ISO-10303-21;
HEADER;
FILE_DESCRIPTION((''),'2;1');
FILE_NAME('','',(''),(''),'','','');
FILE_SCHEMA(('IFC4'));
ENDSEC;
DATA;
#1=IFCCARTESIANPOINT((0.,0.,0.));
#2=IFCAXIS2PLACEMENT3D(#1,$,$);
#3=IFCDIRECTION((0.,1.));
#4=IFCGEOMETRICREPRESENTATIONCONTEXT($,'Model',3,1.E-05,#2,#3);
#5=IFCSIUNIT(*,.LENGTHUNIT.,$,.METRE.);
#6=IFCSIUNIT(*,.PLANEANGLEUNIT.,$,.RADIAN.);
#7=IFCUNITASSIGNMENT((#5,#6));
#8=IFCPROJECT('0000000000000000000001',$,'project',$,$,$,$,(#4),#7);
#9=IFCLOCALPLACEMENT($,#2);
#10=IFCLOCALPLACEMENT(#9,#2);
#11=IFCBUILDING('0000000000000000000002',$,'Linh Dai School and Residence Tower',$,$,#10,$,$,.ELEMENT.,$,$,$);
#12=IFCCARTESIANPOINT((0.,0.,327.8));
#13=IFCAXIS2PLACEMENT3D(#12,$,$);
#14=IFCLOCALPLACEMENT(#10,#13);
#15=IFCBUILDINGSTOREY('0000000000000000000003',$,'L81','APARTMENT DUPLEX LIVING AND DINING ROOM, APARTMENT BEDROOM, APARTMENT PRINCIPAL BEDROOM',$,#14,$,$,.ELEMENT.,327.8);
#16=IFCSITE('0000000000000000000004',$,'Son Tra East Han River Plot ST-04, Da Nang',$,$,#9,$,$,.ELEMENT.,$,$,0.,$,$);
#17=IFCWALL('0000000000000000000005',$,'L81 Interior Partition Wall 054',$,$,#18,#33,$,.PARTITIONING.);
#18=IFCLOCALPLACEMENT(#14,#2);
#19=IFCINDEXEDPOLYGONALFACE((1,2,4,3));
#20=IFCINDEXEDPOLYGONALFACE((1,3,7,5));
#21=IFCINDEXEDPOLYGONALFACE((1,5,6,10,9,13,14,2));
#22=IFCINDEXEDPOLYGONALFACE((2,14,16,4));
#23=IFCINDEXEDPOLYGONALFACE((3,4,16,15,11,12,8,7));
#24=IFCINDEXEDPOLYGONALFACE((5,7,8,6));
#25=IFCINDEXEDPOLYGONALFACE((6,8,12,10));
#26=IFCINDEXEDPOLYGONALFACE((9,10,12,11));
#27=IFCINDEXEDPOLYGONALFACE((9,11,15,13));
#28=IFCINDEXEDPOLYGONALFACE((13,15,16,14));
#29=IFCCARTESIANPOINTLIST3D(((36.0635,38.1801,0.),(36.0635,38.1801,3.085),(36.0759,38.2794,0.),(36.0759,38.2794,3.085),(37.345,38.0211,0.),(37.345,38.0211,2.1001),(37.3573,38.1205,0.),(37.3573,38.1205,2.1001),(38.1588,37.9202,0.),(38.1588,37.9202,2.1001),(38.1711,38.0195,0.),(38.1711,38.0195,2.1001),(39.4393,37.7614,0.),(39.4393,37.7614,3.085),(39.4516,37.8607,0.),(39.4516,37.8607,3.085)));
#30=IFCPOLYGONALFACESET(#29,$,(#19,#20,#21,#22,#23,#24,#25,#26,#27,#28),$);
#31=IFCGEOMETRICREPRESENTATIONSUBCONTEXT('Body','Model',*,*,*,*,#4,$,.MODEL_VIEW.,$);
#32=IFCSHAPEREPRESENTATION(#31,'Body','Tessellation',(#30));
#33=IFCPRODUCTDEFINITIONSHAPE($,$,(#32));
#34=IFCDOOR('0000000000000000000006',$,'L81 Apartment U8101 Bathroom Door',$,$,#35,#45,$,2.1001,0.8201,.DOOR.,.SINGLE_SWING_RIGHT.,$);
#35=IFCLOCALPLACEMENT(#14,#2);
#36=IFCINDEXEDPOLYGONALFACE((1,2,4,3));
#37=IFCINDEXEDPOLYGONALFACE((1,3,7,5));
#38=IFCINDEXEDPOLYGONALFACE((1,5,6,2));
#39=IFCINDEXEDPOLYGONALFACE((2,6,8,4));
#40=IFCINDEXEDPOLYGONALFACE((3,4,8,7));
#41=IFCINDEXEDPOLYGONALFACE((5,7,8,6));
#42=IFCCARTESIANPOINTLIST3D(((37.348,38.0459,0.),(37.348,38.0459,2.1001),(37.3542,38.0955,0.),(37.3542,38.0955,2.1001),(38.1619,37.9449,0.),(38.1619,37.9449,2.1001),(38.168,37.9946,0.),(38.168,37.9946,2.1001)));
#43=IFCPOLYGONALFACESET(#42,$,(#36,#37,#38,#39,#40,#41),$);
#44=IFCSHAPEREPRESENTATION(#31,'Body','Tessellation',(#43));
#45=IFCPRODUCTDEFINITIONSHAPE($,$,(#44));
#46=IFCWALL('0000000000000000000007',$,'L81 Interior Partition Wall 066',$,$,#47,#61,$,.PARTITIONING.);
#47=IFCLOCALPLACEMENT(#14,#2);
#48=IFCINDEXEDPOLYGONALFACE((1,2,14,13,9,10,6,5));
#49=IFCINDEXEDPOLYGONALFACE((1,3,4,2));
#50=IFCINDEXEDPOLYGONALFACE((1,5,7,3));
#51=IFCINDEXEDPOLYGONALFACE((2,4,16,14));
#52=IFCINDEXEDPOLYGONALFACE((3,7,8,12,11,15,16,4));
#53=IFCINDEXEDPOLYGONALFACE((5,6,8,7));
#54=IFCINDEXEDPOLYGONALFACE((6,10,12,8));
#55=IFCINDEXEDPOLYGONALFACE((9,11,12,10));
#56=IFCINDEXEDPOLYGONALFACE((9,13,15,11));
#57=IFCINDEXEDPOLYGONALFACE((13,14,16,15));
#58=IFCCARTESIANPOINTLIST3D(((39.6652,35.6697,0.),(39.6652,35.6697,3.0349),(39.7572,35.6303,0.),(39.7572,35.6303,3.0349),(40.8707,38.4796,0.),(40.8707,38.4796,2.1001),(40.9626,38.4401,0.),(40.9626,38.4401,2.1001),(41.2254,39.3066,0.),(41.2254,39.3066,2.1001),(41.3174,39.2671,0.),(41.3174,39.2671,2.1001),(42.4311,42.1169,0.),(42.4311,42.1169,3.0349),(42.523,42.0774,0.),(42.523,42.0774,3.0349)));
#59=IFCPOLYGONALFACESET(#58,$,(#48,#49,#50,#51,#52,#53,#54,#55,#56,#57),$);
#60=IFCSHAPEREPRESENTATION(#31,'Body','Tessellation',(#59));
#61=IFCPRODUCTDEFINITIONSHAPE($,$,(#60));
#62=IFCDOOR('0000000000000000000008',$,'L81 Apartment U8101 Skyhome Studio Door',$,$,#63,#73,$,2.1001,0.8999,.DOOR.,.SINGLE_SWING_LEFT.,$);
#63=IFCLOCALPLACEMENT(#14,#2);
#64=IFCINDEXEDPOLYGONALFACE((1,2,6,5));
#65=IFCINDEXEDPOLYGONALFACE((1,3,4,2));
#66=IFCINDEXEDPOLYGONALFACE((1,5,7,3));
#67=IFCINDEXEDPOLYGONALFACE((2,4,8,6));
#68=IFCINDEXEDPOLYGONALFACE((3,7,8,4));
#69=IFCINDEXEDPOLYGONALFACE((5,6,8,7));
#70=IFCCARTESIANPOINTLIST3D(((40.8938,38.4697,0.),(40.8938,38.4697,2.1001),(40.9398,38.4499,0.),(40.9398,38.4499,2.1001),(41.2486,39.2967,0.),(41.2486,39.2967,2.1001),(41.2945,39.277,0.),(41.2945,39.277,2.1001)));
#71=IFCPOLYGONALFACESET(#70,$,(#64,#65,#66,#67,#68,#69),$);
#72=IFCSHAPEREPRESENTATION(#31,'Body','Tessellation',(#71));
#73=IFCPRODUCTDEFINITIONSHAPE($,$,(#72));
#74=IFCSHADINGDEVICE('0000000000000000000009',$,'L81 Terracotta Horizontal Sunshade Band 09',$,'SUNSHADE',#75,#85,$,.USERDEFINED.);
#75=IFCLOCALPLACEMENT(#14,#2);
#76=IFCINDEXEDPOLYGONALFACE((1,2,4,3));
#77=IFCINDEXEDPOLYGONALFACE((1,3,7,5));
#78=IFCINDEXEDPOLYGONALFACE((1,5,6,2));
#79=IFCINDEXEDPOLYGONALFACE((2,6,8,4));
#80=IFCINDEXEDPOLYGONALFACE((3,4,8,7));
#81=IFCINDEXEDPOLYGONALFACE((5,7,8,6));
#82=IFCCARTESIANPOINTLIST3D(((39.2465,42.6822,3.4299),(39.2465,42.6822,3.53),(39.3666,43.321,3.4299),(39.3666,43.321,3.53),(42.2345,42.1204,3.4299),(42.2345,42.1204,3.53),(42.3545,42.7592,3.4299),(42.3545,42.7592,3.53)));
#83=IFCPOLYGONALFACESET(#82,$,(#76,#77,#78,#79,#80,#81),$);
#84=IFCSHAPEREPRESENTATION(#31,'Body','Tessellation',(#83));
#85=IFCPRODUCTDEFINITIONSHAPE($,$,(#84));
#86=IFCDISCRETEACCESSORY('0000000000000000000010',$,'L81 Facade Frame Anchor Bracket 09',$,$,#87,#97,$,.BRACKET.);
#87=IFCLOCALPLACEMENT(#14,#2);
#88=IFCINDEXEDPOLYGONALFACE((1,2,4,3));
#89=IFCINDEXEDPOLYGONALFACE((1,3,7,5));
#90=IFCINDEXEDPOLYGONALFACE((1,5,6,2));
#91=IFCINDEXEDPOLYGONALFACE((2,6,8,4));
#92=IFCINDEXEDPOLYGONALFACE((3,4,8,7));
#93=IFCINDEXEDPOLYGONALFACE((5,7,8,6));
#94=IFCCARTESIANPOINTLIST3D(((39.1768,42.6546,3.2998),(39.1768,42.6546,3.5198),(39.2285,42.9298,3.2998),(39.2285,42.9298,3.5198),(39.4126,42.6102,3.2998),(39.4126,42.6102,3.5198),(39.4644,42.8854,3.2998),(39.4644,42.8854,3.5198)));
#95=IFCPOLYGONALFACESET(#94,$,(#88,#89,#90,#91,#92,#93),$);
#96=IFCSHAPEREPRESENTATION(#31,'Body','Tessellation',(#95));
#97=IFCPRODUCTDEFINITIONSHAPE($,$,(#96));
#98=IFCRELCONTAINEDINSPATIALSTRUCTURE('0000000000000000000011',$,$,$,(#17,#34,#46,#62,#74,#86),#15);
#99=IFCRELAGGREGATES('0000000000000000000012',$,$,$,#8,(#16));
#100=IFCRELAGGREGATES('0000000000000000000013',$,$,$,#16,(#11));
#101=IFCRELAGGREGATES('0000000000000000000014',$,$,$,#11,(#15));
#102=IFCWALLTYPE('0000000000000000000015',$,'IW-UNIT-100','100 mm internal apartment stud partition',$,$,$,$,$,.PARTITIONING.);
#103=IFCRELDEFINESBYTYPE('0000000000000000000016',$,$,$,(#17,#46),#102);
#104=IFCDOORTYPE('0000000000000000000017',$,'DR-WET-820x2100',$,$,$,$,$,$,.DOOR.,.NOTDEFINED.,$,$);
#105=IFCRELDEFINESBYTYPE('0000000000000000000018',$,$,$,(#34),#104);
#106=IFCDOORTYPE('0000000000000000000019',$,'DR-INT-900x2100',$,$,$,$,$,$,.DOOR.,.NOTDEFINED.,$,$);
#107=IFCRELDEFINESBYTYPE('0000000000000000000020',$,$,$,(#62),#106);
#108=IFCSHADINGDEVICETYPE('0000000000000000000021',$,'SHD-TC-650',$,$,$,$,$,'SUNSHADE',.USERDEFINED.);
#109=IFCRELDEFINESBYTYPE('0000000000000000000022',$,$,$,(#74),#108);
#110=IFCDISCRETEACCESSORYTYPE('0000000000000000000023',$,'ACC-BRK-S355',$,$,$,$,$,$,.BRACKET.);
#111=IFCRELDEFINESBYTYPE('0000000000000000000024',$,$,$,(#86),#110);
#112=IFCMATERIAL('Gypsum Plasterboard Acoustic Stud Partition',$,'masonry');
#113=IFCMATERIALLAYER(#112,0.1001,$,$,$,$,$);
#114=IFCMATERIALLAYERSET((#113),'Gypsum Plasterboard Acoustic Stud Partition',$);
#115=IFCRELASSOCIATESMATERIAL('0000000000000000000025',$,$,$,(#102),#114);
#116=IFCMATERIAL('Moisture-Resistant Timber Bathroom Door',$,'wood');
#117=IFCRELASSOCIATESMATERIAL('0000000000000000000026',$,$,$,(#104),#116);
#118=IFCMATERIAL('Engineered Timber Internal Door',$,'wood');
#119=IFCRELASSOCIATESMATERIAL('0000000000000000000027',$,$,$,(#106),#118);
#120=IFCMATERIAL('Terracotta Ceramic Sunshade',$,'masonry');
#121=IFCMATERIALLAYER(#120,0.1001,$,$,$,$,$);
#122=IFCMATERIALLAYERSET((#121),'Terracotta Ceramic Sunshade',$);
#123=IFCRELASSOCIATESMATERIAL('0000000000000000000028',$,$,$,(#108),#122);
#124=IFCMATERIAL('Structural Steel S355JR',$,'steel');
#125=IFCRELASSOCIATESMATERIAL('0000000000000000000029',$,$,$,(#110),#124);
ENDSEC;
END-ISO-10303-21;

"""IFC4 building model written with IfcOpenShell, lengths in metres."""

from ifc_helpers import new_model, si_unit, direction, frame, frame_2d, origin, origin_2d, place, context, subcontext, project, spatial, rectangle, extrude, source, transform, mapped, material, layer, layer_set, type_object, element, fill, save


model = new_model("IFC4")

# Units and contexts
model_context = context("Model", 3, precision=1e-05, world=origin(), true_north=direction((0.0, 1.0)))
body_context = subcontext(model_context, "Body", "Model", "MODEL_VIEW")
ifc_project = project(units=[si_unit("LENGTHUNIT", "METRE"), si_unit("PLANEANGLEUNIT", "RADIAN")], contexts=[model_context])

# Site, building, storey
site_placement = place(None, origin())
site = spatial("IfcSite", under=ifc_project, at=site_placement, Name="Son Tra East Han River Plot ST-04, Da Nang", CompositionType="ELEMENT", RefElevation=0.0)
building_placement = place(site_placement, origin())
building = spatial("IfcBuilding", under=site, at=building_placement, Name="Linh Dai School and Residence Tower", CompositionType="ELEMENT")
storey_placement = place(building_placement, frame((0.0, 0.0, 327.8)))
storey = spatial("IfcBuildingStorey", under=building, at=storey_placement, Name="L81", Description="APARTMENT DUPLEX LIVING AND DINING ROOM, APARTMENT BEDROOM, APARTMENT PRINCIPAL BEDROOM", CompositionType="ELEMENT", Elevation=327.8)

# Shared definitions
ifc_material_1 = material(Name="Structural Steel S355JR", Category="steel")

# Walls, openings, doors
ifc_material_2 = material(Name="Gypsum Plasterboard Acoustic Stud Partition", Category="masonry")
ifc_layer_1 = layer(ifc_material_2, 0.1001)
ifc_layer_set_1 = layer_set([ifc_layer_1], Name="Gypsum Plasterboard Acoustic Stud Partition")
wall_type_1 = type_object("IfcWallType", Name="IW-UNIT-100", Description="100 mm internal apartment stud partition", PredefinedType="PARTITIONING", material=ifc_layer_set_1)
wall_1_placement = place(storey_placement, frame((36.0698, 38.2297, 0.0), z_axis=(0.0, 0.0, 1.0), x_axis=(0.992396, -0.123089, 0.0)))
wall_1 = element("IfcWall", 1, at=wall_1_placement, inside=storey, type_object=wall_type_1, Name="L81 Interior Partition Wall 054", PredefinedType="PARTITIONING", context=body_context, shape_type="SweptSolid", body=[
    extrude(rectangle(XDim=3.4016, YDim=0.1001, at=frame_2d((1.7007, 0.0))), origin(), (0.0, 0.0, 1.0), 3.085),
])
opening_1_placement = place(wall_1_placement, frame((1.291, 0.0, 0.0)))
opening_1 = element("IfcOpeningElement", 2, at=opening_1_placement, cuts=wall_1, PredefinedType="OPENING", context=body_context, shape_type="SweptSolid", body=[
    extrude(rectangle(XDim=0.8201, YDim=2.1001, at=origin_2d()), frame((0.4102, 0.0601, 1.05), z_axis=(0.0, -1.0, 0.0), x_axis=(1.0, 0.0, 0.0)), (0.0, 0.0, 1.0), 0.1201),
])
ifc_material_3 = material(Name="Moisture-Resistant Timber Bathroom Door", Category="wood")
door_type_1 = type_object("IfcDoorType", Name="DR-WET-820x2100", OperationType="NOTDEFINED", PredefinedType="DOOR", material=ifc_material_3)
shared_shape_1 = source(origin(), body_context, "Body", "SweptSolid", [
    extrude(rectangle(XDim=0.8201, YDim=2.1001, at=origin_2d()), frame((0.4102, 0.0249, 1.05), z_axis=(0.0, -1.0, 0.0), x_axis=(1.0, 0.0, 0.0)), (0.0, 0.0, 1.0), 0.05),
])
door_1_placement = place(opening_1_placement, origin())
door_1 = element("IfcDoor", 3, at=door_1_placement, inside=storey, type_object=door_type_1, Name="L81 Apartment U8101 Bathroom Door", OperationType="SINGLE_SWING_RIGHT", OverallHeight=2.1001, OverallWidth=0.8201, PredefinedType="DOOR", context=body_context, shape_type="MappedRepresentation", body=[
    mapped(shared_shape_1, transform((0.0, 0.0, 0.0), x_axis=(1.0, 0.0, 0.0), y_axis=(0.0, 1.0, 0.0), z_axis=(0.0, 0.0, 1.0), scale=1.0)),
])
fill(opening_1, door_1)
wall_2_placement = place(storey_placement, frame((39.7112, 35.6499, 0.0), z_axis=(0.0, 0.0, 1.0), x_axis=(0.394251, 0.919003, 0.0)))
wall_2 = element("IfcWall", 4, at=wall_2_placement, inside=storey, type_object=wall_type_1, Name="L81 Interior Partition Wall 066", PredefinedType="PARTITIONING", context=body_context, shape_type="SweptSolid", body=[
    extrude(rectangle(XDim=7.0154, YDim=0.1001, at=frame_2d((3.5078, 0.0))), origin(), (0.0, 0.0, 1.0), 3.0349),
])
opening_2_placement = place(wall_2_placement, frame((3.0576, 0.0, 0.0)))
opening_2 = element("IfcOpeningElement", 5, at=opening_2_placement, cuts=wall_2, PredefinedType="OPENING", context=body_context, shape_type="SweptSolid", body=[
    extrude(rectangle(XDim=0.8999, YDim=2.1001, at=origin_2d()), frame((0.45, 0.0601, 1.05), z_axis=(0.0, -1.0, 0.0), x_axis=(1.0, 0.0, 0.0)), (0.0, 0.0, 1.0), 0.1201),
])
ifc_material_4 = material(Name="Engineered Timber Internal Door", Category="wood")
door_type_2 = type_object("IfcDoorType", Name="DR-INT-900x2100", OperationType="NOTDEFINED", PredefinedType="DOOR", material=ifc_material_4)
shared_shape_2 = source(origin(), body_context, "Body", "SweptSolid", [
    extrude(rectangle(XDim=0.8999, YDim=2.1001, at=origin_2d()), frame((0.45, 0.0249, 1.05), z_axis=(0.0, -1.0, 0.0), x_axis=(1.0, 0.0, 0.0)), (0.0, 0.0, 1.0), 0.05),
])
door_2_placement = place(opening_2_placement, origin())
door_2 = element("IfcDoor", 6, at=door_2_placement, inside=storey, type_object=door_type_2, Name="L81 Apartment U8101 Skyhome Studio Door", OperationType="SINGLE_SWING_LEFT", OverallHeight=2.1001, OverallWidth=0.8999, PredefinedType="DOOR", context=body_context, shape_type="MappedRepresentation", body=[
    mapped(shared_shape_2, transform((0.0, 0.0, 0.0), x_axis=(1.0, 0.0, 0.0), y_axis=(0.0, 1.0, 0.0), z_axis=(0.0, 0.0, 1.0), scale=1.0)),
])
fill(opening_2, door_2)

# Shading device
ifc_material_5 = material(Name="Terracotta Ceramic Sunshade", Category="masonry")
ifc_layer_2 = layer(ifc_material_5, 0.1001)
ifc_layer_set_2 = layer_set([ifc_layer_2], Name="Terracotta Ceramic Sunshade")
shading_device_type = type_object("IfcShadingDeviceType", Name="SHD-TC-650", ElementType="SUNSHADE", PredefinedType="USERDEFINED", material=ifc_layer_set_2)
shared_shape_3 = source(origin(), body_context, "Body", "SweptSolid", [
    extrude(rectangle(XDim=3.0403, YDim=0.6499, at=origin_2d()), origin(), (0.0, 0.0, 1.0), 0.1001),
])
shading_device_placement = place(storey_placement, frame((40.8005, 42.7207, 3.4299), z_axis=(0.0, 0.0, 1.0), x_axis=(0.982779, -0.184785, 0.0)))
element("IfcShadingDevice", 7, at=shading_device_placement, inside=storey, type_object=shading_device_type, Name="L81 Terracotta Horizontal Sunshade Band 09", ObjectType="SUNSHADE", PredefinedType="USERDEFINED", context=body_context, shape_type="MappedRepresentation", body=[
    mapped(shared_shape_3, transform((0.0, 0.0, 0.0), x_axis=(1.0, 0.0, 0.0), y_axis=(0.0, 1.0, 0.0), z_axis=(0.0, 0.0, 1.0), scale=1.0)),
])

# Discrete accessory
discrete_accessory_type = type_object("IfcDiscreteAccessoryType", Name="ACC-BRK-S355", PredefinedType="BRACKET", material=ifc_material_1)
shared_shape_4 = source(origin(), body_context, "Body", "SweptSolid", [
    extrude(rectangle(XDim=0.28, YDim=0.24, at=origin_2d()), origin(), (0.0, 0.0, 1.0), 0.22),
])
discrete_accessory_placement = place(storey_placement, frame((39.3206, 42.77, 3.2998), z_axis=(0.0, 0.0, 1.0), x_axis=(0.184785, 0.982779, 0.0)))
element("IfcDiscreteAccessory", 8, at=discrete_accessory_placement, inside=storey, type_object=discrete_accessory_type, Name="L81 Facade Frame Anchor Bracket 09", PredefinedType="BRACKET", context=body_context, shape_type="MappedRepresentation", body=[
    mapped(shared_shape_4, transform((0.0, 0.0, 0.0), x_axis=(1.0, 0.0, 0.0), y_axis=(0.0, 1.0, 0.0), z_axis=(0.0, 0.0, 1.0), scale=1.0)),
])

save(model, "model.ifc")
